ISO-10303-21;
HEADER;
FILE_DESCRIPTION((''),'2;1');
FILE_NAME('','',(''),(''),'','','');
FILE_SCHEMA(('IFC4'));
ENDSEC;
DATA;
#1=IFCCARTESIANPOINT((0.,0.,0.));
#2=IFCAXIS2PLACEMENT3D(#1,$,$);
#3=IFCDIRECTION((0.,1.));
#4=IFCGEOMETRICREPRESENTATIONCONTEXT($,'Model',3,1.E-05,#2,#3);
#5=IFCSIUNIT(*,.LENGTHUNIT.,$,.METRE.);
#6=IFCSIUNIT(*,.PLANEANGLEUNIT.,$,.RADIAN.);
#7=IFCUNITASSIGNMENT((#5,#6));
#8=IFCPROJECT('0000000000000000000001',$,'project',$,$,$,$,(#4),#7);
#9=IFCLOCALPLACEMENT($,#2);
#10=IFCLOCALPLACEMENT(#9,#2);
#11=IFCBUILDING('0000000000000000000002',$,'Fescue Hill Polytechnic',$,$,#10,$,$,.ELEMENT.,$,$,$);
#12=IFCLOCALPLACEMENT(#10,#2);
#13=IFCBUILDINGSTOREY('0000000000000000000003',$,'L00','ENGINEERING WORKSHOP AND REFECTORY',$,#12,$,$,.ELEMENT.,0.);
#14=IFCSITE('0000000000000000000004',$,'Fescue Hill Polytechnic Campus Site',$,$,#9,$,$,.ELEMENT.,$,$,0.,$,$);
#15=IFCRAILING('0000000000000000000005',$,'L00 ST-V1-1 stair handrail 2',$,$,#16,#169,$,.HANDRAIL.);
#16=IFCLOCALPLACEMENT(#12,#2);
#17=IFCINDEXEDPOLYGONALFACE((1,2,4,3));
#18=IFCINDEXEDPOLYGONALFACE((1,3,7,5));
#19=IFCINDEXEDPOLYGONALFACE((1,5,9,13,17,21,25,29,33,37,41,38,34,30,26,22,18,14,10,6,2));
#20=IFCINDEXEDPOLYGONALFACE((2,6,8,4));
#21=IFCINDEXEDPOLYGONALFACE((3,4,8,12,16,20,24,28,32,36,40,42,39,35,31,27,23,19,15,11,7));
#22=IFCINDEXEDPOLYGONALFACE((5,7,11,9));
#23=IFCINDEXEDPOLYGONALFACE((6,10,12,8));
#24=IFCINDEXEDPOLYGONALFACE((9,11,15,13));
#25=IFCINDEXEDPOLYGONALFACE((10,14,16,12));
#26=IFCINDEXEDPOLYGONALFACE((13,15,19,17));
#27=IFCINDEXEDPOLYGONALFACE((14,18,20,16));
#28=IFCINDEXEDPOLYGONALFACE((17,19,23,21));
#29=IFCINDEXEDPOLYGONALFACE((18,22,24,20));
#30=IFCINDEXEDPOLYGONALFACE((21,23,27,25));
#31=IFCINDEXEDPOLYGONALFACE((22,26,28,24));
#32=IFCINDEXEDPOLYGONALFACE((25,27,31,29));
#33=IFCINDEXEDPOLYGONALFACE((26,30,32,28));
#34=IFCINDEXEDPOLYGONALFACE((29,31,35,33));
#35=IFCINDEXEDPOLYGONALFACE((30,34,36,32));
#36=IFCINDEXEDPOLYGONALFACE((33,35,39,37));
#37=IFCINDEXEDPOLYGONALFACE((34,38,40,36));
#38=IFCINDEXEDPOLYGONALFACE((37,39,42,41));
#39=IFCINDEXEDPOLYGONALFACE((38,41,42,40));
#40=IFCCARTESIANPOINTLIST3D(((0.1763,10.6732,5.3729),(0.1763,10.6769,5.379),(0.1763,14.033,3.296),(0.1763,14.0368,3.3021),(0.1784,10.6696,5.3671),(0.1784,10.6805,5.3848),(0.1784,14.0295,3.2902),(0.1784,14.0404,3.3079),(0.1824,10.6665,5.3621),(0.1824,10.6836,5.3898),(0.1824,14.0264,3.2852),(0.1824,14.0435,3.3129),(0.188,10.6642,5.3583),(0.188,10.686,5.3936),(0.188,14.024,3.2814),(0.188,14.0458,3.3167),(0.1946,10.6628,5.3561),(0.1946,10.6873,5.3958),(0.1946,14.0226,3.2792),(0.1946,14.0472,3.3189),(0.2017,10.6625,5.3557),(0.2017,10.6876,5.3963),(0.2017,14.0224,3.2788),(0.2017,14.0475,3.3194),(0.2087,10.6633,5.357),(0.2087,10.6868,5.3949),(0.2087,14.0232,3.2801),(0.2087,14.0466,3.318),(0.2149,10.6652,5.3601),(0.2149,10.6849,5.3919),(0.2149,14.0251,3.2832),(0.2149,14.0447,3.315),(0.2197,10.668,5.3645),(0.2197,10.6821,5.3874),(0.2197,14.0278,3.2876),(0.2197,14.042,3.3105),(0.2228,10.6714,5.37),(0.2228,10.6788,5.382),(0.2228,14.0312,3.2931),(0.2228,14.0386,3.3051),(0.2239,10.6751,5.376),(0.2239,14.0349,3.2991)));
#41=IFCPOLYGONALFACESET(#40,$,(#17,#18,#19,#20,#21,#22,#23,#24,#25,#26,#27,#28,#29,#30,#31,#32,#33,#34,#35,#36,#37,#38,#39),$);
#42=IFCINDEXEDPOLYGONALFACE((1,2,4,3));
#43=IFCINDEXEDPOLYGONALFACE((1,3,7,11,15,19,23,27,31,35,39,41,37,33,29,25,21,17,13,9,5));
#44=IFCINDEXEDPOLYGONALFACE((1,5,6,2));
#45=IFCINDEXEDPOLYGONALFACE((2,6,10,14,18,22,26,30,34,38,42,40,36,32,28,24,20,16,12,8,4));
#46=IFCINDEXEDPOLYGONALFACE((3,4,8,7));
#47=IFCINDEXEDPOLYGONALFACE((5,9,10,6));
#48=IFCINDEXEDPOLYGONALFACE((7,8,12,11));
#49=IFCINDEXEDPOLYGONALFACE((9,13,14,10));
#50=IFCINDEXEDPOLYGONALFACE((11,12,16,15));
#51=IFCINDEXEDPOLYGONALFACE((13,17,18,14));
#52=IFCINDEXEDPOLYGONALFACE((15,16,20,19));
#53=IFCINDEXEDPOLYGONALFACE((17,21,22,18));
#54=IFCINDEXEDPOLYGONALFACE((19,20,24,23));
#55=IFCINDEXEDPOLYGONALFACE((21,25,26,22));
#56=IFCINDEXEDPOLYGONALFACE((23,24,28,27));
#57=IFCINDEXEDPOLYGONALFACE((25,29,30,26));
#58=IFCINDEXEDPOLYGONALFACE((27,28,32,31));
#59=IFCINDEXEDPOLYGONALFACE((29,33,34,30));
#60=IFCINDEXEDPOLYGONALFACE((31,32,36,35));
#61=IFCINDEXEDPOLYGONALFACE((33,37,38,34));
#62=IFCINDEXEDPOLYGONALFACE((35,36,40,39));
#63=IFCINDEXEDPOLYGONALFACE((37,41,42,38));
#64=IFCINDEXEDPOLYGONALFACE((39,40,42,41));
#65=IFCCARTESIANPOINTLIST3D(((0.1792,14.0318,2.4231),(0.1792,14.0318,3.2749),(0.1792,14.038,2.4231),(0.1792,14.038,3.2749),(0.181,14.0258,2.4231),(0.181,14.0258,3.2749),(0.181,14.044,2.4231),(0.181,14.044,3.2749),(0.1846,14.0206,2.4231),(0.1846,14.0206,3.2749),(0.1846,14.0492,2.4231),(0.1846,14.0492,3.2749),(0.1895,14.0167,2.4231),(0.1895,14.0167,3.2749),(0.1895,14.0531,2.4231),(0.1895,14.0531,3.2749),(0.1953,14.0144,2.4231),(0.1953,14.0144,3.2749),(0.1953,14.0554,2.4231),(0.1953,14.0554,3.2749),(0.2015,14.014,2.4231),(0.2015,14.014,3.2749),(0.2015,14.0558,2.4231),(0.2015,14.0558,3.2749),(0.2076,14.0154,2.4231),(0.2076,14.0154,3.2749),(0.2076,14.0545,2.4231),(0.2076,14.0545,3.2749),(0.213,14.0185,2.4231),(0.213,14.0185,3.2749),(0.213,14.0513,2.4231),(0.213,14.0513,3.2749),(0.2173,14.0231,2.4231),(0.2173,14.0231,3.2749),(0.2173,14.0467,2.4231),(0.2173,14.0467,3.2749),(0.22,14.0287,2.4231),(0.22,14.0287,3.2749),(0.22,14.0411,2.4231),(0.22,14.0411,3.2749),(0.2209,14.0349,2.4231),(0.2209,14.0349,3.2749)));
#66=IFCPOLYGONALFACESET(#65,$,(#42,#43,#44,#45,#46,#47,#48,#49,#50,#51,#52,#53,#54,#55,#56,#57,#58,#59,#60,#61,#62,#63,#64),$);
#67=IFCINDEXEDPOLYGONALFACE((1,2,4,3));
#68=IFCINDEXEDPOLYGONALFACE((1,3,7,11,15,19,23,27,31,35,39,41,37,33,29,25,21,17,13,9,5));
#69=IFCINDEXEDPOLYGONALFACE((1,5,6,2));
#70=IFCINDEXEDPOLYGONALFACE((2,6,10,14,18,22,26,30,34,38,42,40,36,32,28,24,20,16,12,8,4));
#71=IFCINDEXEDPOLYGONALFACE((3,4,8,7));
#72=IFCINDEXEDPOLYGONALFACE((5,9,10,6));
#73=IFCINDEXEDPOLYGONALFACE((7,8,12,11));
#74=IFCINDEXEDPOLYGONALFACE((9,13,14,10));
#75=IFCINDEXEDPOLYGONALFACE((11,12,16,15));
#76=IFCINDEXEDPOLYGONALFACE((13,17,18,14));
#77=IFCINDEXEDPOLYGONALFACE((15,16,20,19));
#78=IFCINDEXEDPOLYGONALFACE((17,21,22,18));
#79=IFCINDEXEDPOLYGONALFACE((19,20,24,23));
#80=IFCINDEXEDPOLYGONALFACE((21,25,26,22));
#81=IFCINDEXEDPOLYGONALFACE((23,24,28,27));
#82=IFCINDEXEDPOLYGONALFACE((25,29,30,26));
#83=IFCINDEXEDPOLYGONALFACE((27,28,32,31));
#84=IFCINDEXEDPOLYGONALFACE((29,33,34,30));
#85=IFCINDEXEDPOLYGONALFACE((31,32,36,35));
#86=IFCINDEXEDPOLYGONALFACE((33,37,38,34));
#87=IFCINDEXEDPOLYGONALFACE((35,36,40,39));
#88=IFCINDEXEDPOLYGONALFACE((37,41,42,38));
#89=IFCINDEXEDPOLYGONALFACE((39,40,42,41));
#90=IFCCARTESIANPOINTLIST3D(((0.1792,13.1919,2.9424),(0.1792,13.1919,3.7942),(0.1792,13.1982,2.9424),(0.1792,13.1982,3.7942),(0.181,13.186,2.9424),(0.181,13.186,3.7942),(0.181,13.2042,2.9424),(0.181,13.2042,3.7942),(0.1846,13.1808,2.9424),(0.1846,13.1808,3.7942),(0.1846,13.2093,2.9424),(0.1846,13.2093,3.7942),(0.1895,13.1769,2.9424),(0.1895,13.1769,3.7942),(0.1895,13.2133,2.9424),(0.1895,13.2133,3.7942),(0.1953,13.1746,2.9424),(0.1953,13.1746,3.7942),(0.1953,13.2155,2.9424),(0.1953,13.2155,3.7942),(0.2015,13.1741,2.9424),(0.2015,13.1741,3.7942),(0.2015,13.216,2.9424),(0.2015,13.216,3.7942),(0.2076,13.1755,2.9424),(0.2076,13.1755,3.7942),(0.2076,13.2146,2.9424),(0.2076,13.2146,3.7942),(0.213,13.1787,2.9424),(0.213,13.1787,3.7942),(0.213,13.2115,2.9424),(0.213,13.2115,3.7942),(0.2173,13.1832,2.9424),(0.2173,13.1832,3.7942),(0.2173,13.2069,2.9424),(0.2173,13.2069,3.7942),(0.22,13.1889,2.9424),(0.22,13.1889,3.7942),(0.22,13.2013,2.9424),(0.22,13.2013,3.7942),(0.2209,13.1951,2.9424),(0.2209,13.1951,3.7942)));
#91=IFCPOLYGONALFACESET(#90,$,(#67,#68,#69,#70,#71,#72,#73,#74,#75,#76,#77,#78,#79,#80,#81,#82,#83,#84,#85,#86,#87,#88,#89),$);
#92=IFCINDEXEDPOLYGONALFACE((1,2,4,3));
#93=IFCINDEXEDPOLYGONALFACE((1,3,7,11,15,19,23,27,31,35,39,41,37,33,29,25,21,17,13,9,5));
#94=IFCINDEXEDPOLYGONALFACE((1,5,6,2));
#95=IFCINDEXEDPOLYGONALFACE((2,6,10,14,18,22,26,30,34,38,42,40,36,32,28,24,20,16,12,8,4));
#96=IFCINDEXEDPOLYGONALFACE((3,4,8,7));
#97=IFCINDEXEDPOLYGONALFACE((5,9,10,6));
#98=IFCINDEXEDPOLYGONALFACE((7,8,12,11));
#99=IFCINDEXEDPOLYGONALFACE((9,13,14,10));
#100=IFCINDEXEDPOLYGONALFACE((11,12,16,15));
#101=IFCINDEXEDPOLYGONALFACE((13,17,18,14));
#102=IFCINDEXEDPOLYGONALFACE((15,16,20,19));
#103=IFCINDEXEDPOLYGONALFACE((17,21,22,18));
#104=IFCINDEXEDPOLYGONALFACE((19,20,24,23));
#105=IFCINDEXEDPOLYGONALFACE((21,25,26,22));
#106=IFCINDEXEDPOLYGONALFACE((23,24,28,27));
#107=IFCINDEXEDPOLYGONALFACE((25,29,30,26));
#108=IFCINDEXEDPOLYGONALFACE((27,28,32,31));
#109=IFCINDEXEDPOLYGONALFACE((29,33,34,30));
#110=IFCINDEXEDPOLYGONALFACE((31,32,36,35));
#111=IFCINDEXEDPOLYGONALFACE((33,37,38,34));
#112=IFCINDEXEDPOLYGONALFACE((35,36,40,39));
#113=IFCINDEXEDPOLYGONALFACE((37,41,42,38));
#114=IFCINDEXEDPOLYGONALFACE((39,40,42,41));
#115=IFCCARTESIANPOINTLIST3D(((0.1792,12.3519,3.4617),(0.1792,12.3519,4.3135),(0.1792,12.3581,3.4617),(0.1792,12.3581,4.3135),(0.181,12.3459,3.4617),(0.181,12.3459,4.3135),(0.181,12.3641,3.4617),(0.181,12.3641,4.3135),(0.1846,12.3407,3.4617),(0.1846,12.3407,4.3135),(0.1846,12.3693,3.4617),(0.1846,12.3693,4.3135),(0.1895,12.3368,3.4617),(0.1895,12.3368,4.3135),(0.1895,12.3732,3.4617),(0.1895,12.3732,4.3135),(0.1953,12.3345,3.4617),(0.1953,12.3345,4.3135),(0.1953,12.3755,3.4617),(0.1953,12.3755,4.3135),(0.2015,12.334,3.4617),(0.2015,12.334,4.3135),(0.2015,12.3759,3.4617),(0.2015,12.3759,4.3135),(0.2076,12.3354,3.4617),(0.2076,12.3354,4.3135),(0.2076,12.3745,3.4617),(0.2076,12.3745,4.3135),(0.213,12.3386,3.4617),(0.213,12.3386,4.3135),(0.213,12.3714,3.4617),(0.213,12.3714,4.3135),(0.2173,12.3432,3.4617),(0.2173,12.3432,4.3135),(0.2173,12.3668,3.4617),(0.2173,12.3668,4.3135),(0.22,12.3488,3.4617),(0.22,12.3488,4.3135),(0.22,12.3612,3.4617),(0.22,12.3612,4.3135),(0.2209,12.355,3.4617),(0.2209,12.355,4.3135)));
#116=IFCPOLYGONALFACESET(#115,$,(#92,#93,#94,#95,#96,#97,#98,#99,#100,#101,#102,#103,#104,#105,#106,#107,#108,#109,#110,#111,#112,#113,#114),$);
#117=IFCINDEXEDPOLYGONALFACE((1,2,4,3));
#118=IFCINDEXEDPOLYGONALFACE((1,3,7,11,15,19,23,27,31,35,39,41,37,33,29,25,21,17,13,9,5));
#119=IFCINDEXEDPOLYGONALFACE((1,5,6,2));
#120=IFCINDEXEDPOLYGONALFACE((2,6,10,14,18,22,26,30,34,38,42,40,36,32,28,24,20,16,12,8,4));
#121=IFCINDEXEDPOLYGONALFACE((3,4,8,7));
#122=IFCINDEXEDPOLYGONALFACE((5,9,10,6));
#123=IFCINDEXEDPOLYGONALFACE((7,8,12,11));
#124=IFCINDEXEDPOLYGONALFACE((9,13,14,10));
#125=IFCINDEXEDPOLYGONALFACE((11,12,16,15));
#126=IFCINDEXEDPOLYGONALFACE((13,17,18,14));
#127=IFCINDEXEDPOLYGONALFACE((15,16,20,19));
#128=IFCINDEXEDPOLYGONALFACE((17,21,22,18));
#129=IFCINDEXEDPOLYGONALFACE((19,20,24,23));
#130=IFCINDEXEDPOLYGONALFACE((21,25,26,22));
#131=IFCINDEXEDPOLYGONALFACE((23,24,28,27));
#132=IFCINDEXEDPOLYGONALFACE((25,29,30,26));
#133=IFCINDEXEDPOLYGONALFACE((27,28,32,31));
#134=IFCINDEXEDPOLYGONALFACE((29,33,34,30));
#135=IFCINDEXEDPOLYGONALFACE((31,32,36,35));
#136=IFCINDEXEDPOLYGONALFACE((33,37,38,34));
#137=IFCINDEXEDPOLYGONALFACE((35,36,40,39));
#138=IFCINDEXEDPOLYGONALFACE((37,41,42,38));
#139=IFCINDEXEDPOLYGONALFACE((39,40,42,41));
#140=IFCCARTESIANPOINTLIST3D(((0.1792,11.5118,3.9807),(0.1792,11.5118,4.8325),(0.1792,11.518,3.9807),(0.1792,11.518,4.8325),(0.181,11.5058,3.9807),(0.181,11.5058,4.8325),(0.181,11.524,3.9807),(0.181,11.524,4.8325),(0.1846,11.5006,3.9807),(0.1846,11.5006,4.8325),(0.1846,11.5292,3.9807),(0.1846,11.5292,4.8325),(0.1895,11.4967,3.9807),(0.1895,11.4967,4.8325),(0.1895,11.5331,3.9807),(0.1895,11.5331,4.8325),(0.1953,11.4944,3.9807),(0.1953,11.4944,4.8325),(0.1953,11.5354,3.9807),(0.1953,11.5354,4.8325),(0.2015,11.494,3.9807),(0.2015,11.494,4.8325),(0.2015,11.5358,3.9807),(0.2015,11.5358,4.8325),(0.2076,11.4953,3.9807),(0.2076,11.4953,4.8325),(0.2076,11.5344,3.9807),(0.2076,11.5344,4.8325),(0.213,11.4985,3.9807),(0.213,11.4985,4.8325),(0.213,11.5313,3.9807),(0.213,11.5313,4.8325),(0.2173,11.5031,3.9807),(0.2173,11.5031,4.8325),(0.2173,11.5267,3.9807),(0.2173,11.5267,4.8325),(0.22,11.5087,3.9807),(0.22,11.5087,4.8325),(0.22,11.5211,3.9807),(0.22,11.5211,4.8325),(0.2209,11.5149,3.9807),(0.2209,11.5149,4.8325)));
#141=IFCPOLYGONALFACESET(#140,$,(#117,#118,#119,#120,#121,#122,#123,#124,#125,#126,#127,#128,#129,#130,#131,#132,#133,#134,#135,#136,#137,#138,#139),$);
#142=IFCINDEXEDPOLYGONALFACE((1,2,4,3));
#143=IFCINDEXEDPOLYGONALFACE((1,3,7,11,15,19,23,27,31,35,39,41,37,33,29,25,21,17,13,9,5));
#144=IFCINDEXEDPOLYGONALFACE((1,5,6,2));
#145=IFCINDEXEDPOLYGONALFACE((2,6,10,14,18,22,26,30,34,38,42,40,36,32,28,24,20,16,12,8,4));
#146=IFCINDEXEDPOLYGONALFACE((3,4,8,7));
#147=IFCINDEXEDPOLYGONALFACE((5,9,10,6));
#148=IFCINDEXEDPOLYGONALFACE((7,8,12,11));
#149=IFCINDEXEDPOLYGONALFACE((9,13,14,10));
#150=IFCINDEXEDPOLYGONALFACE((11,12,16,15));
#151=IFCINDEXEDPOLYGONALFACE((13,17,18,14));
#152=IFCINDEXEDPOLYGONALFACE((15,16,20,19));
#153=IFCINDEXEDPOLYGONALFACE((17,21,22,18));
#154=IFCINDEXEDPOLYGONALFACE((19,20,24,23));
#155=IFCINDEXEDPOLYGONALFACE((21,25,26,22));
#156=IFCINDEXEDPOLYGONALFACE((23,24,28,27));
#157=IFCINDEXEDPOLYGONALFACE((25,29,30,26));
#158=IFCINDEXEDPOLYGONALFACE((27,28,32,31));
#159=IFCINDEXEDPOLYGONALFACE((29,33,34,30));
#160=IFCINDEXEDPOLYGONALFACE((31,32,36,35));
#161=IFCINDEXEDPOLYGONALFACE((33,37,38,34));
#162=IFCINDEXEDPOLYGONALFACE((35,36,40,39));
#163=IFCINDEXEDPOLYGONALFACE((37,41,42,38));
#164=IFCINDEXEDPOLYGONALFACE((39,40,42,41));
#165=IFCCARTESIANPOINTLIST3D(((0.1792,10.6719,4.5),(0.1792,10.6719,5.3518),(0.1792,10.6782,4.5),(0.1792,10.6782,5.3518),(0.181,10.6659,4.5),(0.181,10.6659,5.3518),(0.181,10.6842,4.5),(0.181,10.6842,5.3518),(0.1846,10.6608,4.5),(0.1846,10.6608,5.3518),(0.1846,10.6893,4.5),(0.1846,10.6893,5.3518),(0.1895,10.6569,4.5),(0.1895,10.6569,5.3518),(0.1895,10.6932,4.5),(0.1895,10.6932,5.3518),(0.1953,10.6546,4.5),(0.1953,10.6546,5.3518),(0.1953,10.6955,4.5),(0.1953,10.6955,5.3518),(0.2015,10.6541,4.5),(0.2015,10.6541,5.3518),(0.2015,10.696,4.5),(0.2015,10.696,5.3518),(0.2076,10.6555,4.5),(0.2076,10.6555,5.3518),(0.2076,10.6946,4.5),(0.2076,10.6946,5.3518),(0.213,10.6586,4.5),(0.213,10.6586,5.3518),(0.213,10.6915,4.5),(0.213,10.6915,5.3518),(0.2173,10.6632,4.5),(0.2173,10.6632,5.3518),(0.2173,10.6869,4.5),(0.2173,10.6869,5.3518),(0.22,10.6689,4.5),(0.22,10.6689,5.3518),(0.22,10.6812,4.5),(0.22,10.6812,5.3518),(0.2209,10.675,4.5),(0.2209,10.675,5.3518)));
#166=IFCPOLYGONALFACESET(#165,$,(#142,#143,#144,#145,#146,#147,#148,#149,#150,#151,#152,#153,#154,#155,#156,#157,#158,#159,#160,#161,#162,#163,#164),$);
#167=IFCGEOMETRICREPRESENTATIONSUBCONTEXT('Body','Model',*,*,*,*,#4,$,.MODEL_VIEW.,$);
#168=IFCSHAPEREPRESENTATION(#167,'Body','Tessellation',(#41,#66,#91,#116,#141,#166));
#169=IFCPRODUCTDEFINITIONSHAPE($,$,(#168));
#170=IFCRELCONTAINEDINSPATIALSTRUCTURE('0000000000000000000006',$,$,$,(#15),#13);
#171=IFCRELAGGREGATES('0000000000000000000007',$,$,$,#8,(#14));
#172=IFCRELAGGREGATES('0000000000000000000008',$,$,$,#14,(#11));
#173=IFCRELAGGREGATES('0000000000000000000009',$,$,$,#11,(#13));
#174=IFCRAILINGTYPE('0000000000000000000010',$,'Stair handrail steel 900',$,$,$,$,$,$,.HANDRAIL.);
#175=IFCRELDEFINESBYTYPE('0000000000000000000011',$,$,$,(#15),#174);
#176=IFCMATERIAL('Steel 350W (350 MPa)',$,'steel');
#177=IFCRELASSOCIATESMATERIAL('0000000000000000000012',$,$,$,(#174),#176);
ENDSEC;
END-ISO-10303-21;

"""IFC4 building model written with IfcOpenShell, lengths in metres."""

from ifc_helpers import new_model, si_unit, direction, frame, origin, origin_2d, place, context, subcontext, project, spatial, circle, extrude, material, type_object, element, save


model = new_model("IFC4")

# Units and contexts
model_context = context("Model", 3, precision=1e-05, world=origin(), true_north=direction((0.0, 1.0)))
body_context = subcontext(model_context, "Body", "Model", "MODEL_VIEW")
ifc_project = project(units=[si_unit("LENGTHUNIT", "METRE"), si_unit("PLANEANGLEUNIT", "RADIAN")], contexts=[model_context])

# Site, building, storey
site_placement = place(None, origin())
site = spatial("IfcSite", under=ifc_project, at=site_placement, Name="Fescue Hill Polytechnic Campus Site", CompositionType="ELEMENT", RefElevation=0.0)
building_placement = place(site_placement, origin())
building = spatial("IfcBuilding", under=site, at=building_placement, Name="Fescue Hill Polytechnic", CompositionType="ELEMENT")
storey_placement = place(building_placement, origin())
storey = spatial("IfcBuildingStorey", under=building, at=storey_placement, Name="L00", Description="ENGINEERING WORKSHOP AND REFECTORY", CompositionType="ELEMENT", Elevation=0.0)

# Railing
ifc_material_1 = material(Name="Steel 350W (350 MPa)", Category="steel")
railing_type = type_object("IfcRailingType", Name="Stair handrail steel 900", PredefinedType="HANDRAIL", material=ifc_material_1)
railing_placement = place(storey_placement, frame((0.2, 14.0349, 2.4231)))
element("IfcRailing", 1, at=railing_placement, inside=storey, type_object=railing_type, Name="L00 ST-V1-1 stair handrail 2", PredefinedType="HANDRAIL", context=body_context, shape_type="SweptSolid", body=[
    extrude(circle(Radius=0.0239, at=origin_2d()), frame((0.0, 0.0, 0.876), z_axis=(0.0, -0.850606, 0.525803), x_axis=(1.0, 0.0, 0.0)), (0.0, 0.0, 1.0), 3.95),
    extrude(circle(Radius=0.021, at=origin_2d()), origin(), (0.0, 0.0, 1.0), 0.8518),
    extrude(circle(Radius=0.021, at=origin_2d()), frame((0.0, -0.8398, 0.5193)), (0.0, 0.0, 1.0), 0.8518),
    extrude(circle(Radius=0.021, at=origin_2d()), frame((0.0, -1.6799, 1.0386)), (0.0, 0.0, 1.0), 0.8518),
    extrude(circle(Radius=0.021, at=origin_2d()), frame((0.0, -2.52, 1.5576)), (0.0, 0.0, 1.0), 0.8518),
    extrude(circle(Radius=0.021, at=origin_2d()), frame((0.0, -3.3599, 2.0769)), (0.0, 0.0, 1.0), 0.8518),
])

save(model, "model.ifc")
